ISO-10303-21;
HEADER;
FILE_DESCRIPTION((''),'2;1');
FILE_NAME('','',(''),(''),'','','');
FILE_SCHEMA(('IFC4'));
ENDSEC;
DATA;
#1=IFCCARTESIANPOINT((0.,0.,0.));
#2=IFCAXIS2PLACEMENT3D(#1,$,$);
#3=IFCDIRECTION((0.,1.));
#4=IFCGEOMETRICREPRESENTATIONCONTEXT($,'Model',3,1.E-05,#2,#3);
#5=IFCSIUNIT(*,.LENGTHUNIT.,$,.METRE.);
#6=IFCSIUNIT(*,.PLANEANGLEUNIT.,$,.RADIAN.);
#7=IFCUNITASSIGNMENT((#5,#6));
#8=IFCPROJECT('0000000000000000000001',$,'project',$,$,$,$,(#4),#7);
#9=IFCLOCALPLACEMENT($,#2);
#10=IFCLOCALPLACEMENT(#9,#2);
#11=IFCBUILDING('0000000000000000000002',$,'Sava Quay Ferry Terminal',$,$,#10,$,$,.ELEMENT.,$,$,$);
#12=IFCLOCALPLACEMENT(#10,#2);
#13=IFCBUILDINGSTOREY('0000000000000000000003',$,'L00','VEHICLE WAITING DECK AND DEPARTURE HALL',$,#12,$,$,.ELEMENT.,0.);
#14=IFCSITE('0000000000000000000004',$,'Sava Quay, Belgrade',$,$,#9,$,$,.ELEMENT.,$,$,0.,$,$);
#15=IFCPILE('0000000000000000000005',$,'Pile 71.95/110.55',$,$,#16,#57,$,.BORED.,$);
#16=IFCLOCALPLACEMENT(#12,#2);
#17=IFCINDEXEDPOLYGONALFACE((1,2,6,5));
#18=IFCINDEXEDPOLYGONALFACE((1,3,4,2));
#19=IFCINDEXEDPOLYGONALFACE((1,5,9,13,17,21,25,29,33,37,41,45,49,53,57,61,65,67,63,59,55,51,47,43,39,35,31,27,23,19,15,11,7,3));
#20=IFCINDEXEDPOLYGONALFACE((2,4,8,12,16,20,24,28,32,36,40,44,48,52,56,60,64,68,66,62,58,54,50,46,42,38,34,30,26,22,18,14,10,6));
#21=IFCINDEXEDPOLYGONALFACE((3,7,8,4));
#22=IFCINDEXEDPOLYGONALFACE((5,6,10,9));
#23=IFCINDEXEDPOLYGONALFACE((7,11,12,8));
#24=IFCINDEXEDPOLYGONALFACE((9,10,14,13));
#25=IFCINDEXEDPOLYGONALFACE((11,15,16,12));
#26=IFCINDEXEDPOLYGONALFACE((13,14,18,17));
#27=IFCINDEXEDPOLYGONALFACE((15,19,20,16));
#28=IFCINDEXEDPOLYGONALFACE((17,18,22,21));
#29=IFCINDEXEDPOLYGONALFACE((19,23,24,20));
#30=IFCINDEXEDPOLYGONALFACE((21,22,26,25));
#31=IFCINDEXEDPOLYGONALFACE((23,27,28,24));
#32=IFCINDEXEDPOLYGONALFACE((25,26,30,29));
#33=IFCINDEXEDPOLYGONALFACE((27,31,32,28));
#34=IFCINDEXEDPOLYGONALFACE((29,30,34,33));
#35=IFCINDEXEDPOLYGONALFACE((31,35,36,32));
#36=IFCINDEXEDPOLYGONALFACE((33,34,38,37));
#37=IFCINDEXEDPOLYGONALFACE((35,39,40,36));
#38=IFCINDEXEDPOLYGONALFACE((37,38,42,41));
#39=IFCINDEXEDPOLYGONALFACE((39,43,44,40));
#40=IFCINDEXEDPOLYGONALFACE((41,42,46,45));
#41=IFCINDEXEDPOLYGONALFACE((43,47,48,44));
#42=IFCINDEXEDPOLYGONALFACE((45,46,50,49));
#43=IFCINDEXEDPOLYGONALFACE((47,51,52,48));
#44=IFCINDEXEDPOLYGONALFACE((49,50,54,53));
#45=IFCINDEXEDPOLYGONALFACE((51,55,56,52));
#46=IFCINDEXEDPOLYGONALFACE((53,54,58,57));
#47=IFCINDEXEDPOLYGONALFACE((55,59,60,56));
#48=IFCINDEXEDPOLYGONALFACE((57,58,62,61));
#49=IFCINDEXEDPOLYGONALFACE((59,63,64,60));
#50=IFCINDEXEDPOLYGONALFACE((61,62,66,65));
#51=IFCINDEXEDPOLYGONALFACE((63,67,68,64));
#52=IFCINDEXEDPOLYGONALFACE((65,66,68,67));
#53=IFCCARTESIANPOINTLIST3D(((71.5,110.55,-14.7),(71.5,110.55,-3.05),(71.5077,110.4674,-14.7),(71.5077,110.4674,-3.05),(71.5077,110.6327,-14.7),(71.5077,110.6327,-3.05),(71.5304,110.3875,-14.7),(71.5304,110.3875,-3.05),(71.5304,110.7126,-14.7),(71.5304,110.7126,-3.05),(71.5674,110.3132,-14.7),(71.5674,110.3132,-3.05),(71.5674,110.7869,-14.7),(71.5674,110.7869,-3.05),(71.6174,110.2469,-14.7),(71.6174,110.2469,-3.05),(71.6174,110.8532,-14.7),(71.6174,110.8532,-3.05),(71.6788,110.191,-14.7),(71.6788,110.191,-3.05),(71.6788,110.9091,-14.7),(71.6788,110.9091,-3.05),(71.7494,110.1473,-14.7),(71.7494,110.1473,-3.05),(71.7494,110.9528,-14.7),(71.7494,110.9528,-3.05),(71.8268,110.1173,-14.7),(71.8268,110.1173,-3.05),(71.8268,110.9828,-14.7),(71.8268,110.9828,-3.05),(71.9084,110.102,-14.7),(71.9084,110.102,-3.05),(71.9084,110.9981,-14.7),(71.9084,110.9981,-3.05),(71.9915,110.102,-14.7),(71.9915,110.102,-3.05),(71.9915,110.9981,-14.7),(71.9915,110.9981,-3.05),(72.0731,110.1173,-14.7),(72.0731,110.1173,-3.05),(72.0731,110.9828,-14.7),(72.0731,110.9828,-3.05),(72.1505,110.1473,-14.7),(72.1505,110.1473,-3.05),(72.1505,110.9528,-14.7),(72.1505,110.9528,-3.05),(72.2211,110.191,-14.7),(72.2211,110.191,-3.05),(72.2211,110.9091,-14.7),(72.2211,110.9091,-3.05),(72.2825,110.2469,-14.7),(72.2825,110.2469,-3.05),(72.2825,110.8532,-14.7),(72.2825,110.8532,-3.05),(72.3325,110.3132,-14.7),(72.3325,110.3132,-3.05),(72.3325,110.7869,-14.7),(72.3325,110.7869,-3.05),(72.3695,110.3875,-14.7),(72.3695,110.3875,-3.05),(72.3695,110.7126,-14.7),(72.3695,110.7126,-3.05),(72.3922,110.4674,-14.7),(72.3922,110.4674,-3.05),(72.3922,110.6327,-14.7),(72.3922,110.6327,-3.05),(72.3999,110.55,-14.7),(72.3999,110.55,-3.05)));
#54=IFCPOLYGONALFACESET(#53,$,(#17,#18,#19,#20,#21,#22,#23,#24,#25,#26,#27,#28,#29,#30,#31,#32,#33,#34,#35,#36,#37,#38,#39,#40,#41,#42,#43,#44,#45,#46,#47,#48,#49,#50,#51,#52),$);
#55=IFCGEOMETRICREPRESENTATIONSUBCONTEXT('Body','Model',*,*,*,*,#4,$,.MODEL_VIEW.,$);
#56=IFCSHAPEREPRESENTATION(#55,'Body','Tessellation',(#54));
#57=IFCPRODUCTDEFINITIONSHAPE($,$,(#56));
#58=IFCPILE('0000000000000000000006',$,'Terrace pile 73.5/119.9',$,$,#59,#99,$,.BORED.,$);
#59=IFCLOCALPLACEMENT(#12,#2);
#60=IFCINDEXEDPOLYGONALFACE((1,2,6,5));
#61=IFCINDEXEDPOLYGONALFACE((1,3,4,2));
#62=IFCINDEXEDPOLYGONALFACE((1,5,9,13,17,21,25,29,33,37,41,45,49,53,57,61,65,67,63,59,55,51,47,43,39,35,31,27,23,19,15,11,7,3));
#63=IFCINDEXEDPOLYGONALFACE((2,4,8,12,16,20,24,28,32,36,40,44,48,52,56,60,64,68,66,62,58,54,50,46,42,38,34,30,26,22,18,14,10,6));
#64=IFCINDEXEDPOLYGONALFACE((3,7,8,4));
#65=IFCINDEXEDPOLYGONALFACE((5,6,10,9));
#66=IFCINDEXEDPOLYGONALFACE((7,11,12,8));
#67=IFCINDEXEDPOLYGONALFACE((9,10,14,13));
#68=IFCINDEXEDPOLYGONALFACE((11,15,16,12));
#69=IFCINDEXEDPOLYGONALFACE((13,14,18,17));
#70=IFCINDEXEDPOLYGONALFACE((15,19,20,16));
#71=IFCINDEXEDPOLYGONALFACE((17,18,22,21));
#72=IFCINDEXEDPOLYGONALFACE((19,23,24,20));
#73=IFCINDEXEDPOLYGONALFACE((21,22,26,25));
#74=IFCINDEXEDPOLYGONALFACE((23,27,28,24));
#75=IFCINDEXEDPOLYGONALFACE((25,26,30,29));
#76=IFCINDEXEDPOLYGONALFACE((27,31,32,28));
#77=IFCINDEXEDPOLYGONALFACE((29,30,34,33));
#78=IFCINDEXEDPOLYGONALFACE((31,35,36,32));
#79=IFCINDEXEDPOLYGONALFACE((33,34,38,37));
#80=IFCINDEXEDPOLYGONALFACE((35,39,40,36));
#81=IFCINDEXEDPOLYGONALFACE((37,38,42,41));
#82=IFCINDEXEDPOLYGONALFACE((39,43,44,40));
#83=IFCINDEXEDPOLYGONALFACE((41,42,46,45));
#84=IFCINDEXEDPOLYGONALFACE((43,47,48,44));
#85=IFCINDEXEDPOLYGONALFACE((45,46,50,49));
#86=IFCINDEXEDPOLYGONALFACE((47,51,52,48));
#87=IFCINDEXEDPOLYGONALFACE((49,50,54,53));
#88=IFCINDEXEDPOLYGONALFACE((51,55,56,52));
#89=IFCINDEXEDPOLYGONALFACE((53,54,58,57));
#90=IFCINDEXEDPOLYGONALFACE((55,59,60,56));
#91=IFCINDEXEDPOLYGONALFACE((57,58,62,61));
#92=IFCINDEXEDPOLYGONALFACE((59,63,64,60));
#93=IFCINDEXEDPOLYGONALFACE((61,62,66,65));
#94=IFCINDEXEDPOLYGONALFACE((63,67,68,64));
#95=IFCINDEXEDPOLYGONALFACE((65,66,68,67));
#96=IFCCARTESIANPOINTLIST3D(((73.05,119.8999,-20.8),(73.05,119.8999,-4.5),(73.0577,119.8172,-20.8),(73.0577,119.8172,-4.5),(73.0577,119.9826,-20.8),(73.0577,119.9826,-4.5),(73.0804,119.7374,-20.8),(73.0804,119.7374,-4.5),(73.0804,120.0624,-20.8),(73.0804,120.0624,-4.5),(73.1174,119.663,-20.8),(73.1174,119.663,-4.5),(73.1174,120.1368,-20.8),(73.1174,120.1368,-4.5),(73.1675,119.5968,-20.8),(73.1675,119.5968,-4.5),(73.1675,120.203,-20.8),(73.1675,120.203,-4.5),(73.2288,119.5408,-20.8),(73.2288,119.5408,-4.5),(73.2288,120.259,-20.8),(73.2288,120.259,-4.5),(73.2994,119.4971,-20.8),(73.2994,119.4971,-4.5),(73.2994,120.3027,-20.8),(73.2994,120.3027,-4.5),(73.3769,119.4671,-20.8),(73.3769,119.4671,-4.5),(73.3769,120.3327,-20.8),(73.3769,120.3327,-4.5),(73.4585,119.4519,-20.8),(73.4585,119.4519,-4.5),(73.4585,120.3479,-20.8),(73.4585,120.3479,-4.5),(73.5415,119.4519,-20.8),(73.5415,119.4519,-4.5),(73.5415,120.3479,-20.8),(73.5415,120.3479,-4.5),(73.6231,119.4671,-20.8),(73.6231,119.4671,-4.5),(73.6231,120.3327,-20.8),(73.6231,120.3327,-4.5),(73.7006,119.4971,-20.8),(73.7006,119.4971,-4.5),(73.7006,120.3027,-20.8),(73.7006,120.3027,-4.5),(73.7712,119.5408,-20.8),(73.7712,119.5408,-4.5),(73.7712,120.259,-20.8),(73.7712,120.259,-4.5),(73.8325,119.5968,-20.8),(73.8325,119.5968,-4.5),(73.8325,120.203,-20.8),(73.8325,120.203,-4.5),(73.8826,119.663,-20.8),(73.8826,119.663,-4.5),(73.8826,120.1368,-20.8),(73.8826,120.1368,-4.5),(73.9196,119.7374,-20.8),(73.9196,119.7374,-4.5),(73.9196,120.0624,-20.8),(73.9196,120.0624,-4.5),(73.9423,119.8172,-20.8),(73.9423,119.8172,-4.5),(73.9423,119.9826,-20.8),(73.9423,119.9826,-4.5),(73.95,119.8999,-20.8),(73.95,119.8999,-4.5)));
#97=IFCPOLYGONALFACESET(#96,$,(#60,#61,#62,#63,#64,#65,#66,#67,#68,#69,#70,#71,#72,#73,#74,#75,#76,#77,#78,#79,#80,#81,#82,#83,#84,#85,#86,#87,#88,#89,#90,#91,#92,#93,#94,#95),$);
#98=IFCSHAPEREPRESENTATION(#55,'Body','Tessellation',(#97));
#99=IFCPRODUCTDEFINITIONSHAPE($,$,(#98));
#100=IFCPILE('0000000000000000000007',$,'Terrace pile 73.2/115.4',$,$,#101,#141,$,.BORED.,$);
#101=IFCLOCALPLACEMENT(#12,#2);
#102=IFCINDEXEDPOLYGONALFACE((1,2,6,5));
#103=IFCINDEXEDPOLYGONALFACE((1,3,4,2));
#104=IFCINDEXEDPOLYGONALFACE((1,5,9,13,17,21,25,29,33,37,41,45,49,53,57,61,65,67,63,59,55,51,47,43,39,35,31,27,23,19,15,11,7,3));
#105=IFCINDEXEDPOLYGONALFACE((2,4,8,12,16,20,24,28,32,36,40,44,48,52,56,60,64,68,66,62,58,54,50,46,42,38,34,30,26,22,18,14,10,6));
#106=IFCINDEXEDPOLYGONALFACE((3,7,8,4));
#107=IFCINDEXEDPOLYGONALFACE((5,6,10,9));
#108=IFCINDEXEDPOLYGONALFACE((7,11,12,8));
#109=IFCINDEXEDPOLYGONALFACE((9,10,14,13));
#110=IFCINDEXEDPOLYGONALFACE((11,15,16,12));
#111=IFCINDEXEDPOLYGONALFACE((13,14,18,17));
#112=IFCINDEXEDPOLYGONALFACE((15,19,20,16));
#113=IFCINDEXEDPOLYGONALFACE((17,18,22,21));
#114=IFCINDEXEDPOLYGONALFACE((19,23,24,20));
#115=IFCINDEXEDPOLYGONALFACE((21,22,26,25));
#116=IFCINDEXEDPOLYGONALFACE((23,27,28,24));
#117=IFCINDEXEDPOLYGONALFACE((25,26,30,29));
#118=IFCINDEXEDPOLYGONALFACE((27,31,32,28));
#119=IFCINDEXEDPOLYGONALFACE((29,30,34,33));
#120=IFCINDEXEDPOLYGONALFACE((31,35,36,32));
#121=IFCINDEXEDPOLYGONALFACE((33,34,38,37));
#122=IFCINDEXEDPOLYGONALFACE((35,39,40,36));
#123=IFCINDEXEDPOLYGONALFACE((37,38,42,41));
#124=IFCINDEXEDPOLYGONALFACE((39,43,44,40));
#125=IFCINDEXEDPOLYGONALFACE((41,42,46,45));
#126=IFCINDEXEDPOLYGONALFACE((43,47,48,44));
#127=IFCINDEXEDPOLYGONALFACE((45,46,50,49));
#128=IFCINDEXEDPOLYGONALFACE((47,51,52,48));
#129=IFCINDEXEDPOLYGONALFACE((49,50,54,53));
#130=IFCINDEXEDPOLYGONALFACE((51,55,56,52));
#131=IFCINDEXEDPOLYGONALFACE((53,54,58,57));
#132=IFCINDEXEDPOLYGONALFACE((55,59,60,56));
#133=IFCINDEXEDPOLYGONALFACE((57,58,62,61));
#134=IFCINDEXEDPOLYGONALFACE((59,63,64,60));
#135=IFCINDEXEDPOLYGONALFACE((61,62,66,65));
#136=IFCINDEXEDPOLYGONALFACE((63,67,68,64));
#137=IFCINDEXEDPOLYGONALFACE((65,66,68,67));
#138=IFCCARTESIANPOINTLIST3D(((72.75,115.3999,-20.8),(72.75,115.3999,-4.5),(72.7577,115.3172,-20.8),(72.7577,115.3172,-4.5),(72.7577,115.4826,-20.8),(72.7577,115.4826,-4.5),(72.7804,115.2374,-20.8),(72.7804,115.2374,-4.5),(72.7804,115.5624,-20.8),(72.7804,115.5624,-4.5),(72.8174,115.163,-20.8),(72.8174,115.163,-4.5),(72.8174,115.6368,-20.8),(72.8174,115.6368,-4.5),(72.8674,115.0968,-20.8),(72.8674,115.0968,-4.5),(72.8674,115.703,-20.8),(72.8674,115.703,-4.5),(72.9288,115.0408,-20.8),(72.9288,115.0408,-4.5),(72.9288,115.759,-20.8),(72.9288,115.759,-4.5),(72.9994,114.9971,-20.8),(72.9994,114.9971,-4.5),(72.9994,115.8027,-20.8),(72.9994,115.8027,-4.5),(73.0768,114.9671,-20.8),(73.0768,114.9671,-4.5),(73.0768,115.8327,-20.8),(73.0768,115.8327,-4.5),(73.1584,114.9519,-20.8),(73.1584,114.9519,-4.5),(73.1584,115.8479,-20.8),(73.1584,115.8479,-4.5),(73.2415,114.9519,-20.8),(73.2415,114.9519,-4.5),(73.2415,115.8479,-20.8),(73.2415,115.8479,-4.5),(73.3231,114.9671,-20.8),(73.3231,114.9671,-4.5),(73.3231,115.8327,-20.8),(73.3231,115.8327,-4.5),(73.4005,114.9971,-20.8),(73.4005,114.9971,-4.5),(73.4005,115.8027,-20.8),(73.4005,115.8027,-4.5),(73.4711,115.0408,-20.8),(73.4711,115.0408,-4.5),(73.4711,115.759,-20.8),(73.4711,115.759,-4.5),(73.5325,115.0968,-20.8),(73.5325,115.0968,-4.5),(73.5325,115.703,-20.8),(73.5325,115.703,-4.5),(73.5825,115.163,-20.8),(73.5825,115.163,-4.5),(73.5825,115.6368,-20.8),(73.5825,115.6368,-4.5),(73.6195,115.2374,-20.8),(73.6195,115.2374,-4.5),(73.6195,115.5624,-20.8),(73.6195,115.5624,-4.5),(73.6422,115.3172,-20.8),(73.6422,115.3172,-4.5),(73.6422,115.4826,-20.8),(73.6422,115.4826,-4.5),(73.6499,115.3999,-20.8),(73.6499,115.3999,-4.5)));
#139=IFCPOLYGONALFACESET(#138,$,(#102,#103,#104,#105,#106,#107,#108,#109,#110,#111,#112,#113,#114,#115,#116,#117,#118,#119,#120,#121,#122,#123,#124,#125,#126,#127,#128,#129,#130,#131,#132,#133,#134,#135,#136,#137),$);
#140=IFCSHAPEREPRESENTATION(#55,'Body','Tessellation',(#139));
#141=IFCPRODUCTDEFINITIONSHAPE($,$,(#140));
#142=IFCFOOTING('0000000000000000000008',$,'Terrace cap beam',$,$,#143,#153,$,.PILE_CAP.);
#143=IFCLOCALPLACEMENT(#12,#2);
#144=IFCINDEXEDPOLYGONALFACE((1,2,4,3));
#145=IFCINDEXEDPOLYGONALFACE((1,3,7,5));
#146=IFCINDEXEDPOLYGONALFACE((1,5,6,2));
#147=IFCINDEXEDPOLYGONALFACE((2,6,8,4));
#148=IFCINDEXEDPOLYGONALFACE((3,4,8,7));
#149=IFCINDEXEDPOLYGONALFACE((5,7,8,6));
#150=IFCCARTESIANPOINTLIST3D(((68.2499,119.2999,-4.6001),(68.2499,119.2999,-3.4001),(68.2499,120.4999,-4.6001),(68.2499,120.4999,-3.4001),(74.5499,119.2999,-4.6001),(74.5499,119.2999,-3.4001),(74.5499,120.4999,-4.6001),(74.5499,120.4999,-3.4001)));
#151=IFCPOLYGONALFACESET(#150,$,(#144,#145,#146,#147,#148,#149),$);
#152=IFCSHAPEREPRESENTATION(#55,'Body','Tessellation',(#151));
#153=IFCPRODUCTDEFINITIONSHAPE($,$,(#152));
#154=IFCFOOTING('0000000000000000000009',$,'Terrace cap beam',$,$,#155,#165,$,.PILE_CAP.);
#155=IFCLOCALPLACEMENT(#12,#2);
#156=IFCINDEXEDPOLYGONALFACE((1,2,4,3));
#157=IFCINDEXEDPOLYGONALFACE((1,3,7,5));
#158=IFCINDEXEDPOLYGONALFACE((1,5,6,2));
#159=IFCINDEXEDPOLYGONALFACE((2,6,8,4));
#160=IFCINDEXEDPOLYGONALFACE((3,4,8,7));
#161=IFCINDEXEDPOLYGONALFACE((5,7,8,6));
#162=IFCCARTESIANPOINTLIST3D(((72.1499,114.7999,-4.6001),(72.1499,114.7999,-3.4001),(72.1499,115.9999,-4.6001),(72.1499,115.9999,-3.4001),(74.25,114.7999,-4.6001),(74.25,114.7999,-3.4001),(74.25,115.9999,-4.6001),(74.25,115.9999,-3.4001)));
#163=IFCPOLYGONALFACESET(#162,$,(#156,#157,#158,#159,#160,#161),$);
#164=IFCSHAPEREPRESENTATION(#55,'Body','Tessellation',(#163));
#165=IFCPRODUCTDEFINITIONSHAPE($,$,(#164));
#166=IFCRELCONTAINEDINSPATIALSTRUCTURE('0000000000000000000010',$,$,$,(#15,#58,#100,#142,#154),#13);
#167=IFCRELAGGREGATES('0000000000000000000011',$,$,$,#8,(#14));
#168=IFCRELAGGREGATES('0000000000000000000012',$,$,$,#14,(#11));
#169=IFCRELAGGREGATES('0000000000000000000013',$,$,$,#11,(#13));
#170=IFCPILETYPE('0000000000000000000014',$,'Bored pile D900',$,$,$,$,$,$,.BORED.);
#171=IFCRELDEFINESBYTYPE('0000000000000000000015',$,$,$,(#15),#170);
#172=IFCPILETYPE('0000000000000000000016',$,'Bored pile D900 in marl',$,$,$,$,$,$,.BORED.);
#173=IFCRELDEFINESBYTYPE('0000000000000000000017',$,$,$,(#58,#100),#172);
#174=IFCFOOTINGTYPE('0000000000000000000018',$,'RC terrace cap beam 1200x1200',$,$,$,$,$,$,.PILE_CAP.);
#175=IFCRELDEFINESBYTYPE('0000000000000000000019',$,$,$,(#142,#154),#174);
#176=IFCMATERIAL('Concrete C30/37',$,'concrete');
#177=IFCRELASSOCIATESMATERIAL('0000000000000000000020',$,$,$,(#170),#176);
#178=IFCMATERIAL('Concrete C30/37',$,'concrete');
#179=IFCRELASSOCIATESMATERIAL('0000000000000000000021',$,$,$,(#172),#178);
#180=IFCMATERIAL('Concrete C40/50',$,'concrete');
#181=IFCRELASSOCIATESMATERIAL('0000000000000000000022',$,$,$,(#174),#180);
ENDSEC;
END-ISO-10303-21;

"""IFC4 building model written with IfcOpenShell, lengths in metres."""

from ifc_helpers import new_model, si_unit, direction, frame, origin, origin_2d, place, context, subcontext, project, spatial, rectangle, circle, extrude, material, material_profile, profile_set, type_object, element, save


model = new_model("IFC4")

# Units and contexts
model_context = context("Model", 3, precision=1e-05, world=origin(), true_north=direction((0.0, 1.0)))
body_context = subcontext(model_context, "Body", "Model", "MODEL_VIEW")
ifc_project = project(units=[si_unit("LENGTHUNIT", "METRE"), si_unit("PLANEANGLEUNIT", "RADIAN")], contexts=[model_context])

# Site, building, storey
site_placement = place(None, origin())
site = spatial("IfcSite", under=ifc_project, at=site_placement, Name="Sava Quay, Belgrade", CompositionType="ELEMENT", RefElevation=0.0)
building_placement = place(site_placement, origin())
building = spatial("IfcBuilding", under=site, at=building_placement, Name="Sava Quay Ferry Terminal", CompositionType="ELEMENT")
storey_placement = place(building_placement, origin())
storey = spatial("IfcBuildingStorey", under=building, at=storey_placement, Name="L00", Description="VEHICLE WAITING DECK AND DEPARTURE HALL", CompositionType="ELEMENT", Elevation=0.0)

# Piles
ifc_material_1 = material(Name="Concrete C30/37", Category="concrete")
ifc_material_profile_1 = material_profile(ifc_material_1, circle(Radius=0.45, at=origin_2d()), Name="Bored pile D900")
ifc_profile_set_1 = profile_set([ifc_material_profile_1], Name="Concrete C30/37")
pile_type_1 = type_object("IfcPileType", Name="Bored pile D900", PredefinedType="BORED", material=ifc_profile_set_1)
pile_placement = place(storey_placement, frame((71.95, 110.55, -3.05), z_axis=(0.0, 0.0, -1.0), x_axis=(1.0, 0.0, 0.0)))
element("IfcPile", 1, at=pile_placement, inside=storey, type_object=pile_type_1, Name="Pile 71.95/110.55", PredefinedType="BORED", context=body_context, shape_type="SweptSolid", body=[
    extrude(circle(Radius=0.45, at=origin_2d()), origin(), (0.0, 0.0, 1.0), 11.6499),
])
ifc_material_2 = material(Name="Concrete C30/37", Category="concrete")
ifc_material_profile_2 = material_profile(ifc_material_2, circle(Radius=0.45, at=origin_2d()), Name="Bored pile D900 in marl")
ifc_profile_set_2 = profile_set([ifc_material_profile_2], Name="Concrete C30/37")
pile_type_2 = type_object("IfcPileType", Name="Bored pile D900 in marl", PredefinedType="BORED", material=ifc_profile_set_2)
for number, where, z_axis, x_axis, name in (
    (2, (73.5, 119.8999, -4.5), (0.0, 0.0, -1.0), (1.0, 0.0, 0.0), "Terrace pile 73.5/119.9"),
    (3, (73.2, 115.3999, -4.5), (0.0, 0.0, -1.0), (1.0, 0.0, 0.0), "Terrace pile 73.2/115.4"),
):
    element("IfcPile", number, at=place(storey_placement, frame(where, z_axis=z_axis, x_axis=x_axis)), inside=storey, type_object=pile_type_2, Name=name, PredefinedType="BORED", context=body_context, shape_type="SweptSolid", body=[
        extrude(circle(Radius=0.45, at=origin_2d()), origin(), (0.0, 0.0, 1.0), 16.3),
    ])

# Footings
ifc_material_3 = material(Name="Concrete C40/50", Category="concrete")
footing_type = type_object("IfcFootingType", Name="RC terrace cap beam 1200x1200", PredefinedType="PILE_CAP", material=ifc_material_3)
footing_1_placement = place(storey_placement, frame((71.3999, 119.8999, -4.6001), z_axis=(0.0, 0.0, 1.0), x_axis=(1.0, 0.0, 0.0)))
element("IfcFooting", 4, at=footing_1_placement, inside=storey, type_object=footing_type, Name="Terrace cap beam", PredefinedType="PILE_CAP", context=body_context, shape_type="SweptSolid", body=[
    extrude(rectangle(XDim=6.3, YDim=1.2, at=origin_2d()), origin(), (0.0, 0.0, 1.0), 1.2),
])
footing_2_placement = place(storey_placement, frame((73.2, 115.3999, -4.6001), z_axis=(0.0, 0.0, 1.0), x_axis=(1.0, 0.0, 0.0)))
element("IfcFooting", 5, at=footing_2_placement, inside=storey, type_object=footing_type, Name="Terrace cap beam", PredefinedType="PILE_CAP", context=body_context, shape_type="SweptSolid", body=[
    extrude(rectangle(XDim=2.1001, YDim=1.2, at=origin_2d()), origin(), (0.0, 0.0, 1.0), 1.2),
])

save(model, "model.ifc")
